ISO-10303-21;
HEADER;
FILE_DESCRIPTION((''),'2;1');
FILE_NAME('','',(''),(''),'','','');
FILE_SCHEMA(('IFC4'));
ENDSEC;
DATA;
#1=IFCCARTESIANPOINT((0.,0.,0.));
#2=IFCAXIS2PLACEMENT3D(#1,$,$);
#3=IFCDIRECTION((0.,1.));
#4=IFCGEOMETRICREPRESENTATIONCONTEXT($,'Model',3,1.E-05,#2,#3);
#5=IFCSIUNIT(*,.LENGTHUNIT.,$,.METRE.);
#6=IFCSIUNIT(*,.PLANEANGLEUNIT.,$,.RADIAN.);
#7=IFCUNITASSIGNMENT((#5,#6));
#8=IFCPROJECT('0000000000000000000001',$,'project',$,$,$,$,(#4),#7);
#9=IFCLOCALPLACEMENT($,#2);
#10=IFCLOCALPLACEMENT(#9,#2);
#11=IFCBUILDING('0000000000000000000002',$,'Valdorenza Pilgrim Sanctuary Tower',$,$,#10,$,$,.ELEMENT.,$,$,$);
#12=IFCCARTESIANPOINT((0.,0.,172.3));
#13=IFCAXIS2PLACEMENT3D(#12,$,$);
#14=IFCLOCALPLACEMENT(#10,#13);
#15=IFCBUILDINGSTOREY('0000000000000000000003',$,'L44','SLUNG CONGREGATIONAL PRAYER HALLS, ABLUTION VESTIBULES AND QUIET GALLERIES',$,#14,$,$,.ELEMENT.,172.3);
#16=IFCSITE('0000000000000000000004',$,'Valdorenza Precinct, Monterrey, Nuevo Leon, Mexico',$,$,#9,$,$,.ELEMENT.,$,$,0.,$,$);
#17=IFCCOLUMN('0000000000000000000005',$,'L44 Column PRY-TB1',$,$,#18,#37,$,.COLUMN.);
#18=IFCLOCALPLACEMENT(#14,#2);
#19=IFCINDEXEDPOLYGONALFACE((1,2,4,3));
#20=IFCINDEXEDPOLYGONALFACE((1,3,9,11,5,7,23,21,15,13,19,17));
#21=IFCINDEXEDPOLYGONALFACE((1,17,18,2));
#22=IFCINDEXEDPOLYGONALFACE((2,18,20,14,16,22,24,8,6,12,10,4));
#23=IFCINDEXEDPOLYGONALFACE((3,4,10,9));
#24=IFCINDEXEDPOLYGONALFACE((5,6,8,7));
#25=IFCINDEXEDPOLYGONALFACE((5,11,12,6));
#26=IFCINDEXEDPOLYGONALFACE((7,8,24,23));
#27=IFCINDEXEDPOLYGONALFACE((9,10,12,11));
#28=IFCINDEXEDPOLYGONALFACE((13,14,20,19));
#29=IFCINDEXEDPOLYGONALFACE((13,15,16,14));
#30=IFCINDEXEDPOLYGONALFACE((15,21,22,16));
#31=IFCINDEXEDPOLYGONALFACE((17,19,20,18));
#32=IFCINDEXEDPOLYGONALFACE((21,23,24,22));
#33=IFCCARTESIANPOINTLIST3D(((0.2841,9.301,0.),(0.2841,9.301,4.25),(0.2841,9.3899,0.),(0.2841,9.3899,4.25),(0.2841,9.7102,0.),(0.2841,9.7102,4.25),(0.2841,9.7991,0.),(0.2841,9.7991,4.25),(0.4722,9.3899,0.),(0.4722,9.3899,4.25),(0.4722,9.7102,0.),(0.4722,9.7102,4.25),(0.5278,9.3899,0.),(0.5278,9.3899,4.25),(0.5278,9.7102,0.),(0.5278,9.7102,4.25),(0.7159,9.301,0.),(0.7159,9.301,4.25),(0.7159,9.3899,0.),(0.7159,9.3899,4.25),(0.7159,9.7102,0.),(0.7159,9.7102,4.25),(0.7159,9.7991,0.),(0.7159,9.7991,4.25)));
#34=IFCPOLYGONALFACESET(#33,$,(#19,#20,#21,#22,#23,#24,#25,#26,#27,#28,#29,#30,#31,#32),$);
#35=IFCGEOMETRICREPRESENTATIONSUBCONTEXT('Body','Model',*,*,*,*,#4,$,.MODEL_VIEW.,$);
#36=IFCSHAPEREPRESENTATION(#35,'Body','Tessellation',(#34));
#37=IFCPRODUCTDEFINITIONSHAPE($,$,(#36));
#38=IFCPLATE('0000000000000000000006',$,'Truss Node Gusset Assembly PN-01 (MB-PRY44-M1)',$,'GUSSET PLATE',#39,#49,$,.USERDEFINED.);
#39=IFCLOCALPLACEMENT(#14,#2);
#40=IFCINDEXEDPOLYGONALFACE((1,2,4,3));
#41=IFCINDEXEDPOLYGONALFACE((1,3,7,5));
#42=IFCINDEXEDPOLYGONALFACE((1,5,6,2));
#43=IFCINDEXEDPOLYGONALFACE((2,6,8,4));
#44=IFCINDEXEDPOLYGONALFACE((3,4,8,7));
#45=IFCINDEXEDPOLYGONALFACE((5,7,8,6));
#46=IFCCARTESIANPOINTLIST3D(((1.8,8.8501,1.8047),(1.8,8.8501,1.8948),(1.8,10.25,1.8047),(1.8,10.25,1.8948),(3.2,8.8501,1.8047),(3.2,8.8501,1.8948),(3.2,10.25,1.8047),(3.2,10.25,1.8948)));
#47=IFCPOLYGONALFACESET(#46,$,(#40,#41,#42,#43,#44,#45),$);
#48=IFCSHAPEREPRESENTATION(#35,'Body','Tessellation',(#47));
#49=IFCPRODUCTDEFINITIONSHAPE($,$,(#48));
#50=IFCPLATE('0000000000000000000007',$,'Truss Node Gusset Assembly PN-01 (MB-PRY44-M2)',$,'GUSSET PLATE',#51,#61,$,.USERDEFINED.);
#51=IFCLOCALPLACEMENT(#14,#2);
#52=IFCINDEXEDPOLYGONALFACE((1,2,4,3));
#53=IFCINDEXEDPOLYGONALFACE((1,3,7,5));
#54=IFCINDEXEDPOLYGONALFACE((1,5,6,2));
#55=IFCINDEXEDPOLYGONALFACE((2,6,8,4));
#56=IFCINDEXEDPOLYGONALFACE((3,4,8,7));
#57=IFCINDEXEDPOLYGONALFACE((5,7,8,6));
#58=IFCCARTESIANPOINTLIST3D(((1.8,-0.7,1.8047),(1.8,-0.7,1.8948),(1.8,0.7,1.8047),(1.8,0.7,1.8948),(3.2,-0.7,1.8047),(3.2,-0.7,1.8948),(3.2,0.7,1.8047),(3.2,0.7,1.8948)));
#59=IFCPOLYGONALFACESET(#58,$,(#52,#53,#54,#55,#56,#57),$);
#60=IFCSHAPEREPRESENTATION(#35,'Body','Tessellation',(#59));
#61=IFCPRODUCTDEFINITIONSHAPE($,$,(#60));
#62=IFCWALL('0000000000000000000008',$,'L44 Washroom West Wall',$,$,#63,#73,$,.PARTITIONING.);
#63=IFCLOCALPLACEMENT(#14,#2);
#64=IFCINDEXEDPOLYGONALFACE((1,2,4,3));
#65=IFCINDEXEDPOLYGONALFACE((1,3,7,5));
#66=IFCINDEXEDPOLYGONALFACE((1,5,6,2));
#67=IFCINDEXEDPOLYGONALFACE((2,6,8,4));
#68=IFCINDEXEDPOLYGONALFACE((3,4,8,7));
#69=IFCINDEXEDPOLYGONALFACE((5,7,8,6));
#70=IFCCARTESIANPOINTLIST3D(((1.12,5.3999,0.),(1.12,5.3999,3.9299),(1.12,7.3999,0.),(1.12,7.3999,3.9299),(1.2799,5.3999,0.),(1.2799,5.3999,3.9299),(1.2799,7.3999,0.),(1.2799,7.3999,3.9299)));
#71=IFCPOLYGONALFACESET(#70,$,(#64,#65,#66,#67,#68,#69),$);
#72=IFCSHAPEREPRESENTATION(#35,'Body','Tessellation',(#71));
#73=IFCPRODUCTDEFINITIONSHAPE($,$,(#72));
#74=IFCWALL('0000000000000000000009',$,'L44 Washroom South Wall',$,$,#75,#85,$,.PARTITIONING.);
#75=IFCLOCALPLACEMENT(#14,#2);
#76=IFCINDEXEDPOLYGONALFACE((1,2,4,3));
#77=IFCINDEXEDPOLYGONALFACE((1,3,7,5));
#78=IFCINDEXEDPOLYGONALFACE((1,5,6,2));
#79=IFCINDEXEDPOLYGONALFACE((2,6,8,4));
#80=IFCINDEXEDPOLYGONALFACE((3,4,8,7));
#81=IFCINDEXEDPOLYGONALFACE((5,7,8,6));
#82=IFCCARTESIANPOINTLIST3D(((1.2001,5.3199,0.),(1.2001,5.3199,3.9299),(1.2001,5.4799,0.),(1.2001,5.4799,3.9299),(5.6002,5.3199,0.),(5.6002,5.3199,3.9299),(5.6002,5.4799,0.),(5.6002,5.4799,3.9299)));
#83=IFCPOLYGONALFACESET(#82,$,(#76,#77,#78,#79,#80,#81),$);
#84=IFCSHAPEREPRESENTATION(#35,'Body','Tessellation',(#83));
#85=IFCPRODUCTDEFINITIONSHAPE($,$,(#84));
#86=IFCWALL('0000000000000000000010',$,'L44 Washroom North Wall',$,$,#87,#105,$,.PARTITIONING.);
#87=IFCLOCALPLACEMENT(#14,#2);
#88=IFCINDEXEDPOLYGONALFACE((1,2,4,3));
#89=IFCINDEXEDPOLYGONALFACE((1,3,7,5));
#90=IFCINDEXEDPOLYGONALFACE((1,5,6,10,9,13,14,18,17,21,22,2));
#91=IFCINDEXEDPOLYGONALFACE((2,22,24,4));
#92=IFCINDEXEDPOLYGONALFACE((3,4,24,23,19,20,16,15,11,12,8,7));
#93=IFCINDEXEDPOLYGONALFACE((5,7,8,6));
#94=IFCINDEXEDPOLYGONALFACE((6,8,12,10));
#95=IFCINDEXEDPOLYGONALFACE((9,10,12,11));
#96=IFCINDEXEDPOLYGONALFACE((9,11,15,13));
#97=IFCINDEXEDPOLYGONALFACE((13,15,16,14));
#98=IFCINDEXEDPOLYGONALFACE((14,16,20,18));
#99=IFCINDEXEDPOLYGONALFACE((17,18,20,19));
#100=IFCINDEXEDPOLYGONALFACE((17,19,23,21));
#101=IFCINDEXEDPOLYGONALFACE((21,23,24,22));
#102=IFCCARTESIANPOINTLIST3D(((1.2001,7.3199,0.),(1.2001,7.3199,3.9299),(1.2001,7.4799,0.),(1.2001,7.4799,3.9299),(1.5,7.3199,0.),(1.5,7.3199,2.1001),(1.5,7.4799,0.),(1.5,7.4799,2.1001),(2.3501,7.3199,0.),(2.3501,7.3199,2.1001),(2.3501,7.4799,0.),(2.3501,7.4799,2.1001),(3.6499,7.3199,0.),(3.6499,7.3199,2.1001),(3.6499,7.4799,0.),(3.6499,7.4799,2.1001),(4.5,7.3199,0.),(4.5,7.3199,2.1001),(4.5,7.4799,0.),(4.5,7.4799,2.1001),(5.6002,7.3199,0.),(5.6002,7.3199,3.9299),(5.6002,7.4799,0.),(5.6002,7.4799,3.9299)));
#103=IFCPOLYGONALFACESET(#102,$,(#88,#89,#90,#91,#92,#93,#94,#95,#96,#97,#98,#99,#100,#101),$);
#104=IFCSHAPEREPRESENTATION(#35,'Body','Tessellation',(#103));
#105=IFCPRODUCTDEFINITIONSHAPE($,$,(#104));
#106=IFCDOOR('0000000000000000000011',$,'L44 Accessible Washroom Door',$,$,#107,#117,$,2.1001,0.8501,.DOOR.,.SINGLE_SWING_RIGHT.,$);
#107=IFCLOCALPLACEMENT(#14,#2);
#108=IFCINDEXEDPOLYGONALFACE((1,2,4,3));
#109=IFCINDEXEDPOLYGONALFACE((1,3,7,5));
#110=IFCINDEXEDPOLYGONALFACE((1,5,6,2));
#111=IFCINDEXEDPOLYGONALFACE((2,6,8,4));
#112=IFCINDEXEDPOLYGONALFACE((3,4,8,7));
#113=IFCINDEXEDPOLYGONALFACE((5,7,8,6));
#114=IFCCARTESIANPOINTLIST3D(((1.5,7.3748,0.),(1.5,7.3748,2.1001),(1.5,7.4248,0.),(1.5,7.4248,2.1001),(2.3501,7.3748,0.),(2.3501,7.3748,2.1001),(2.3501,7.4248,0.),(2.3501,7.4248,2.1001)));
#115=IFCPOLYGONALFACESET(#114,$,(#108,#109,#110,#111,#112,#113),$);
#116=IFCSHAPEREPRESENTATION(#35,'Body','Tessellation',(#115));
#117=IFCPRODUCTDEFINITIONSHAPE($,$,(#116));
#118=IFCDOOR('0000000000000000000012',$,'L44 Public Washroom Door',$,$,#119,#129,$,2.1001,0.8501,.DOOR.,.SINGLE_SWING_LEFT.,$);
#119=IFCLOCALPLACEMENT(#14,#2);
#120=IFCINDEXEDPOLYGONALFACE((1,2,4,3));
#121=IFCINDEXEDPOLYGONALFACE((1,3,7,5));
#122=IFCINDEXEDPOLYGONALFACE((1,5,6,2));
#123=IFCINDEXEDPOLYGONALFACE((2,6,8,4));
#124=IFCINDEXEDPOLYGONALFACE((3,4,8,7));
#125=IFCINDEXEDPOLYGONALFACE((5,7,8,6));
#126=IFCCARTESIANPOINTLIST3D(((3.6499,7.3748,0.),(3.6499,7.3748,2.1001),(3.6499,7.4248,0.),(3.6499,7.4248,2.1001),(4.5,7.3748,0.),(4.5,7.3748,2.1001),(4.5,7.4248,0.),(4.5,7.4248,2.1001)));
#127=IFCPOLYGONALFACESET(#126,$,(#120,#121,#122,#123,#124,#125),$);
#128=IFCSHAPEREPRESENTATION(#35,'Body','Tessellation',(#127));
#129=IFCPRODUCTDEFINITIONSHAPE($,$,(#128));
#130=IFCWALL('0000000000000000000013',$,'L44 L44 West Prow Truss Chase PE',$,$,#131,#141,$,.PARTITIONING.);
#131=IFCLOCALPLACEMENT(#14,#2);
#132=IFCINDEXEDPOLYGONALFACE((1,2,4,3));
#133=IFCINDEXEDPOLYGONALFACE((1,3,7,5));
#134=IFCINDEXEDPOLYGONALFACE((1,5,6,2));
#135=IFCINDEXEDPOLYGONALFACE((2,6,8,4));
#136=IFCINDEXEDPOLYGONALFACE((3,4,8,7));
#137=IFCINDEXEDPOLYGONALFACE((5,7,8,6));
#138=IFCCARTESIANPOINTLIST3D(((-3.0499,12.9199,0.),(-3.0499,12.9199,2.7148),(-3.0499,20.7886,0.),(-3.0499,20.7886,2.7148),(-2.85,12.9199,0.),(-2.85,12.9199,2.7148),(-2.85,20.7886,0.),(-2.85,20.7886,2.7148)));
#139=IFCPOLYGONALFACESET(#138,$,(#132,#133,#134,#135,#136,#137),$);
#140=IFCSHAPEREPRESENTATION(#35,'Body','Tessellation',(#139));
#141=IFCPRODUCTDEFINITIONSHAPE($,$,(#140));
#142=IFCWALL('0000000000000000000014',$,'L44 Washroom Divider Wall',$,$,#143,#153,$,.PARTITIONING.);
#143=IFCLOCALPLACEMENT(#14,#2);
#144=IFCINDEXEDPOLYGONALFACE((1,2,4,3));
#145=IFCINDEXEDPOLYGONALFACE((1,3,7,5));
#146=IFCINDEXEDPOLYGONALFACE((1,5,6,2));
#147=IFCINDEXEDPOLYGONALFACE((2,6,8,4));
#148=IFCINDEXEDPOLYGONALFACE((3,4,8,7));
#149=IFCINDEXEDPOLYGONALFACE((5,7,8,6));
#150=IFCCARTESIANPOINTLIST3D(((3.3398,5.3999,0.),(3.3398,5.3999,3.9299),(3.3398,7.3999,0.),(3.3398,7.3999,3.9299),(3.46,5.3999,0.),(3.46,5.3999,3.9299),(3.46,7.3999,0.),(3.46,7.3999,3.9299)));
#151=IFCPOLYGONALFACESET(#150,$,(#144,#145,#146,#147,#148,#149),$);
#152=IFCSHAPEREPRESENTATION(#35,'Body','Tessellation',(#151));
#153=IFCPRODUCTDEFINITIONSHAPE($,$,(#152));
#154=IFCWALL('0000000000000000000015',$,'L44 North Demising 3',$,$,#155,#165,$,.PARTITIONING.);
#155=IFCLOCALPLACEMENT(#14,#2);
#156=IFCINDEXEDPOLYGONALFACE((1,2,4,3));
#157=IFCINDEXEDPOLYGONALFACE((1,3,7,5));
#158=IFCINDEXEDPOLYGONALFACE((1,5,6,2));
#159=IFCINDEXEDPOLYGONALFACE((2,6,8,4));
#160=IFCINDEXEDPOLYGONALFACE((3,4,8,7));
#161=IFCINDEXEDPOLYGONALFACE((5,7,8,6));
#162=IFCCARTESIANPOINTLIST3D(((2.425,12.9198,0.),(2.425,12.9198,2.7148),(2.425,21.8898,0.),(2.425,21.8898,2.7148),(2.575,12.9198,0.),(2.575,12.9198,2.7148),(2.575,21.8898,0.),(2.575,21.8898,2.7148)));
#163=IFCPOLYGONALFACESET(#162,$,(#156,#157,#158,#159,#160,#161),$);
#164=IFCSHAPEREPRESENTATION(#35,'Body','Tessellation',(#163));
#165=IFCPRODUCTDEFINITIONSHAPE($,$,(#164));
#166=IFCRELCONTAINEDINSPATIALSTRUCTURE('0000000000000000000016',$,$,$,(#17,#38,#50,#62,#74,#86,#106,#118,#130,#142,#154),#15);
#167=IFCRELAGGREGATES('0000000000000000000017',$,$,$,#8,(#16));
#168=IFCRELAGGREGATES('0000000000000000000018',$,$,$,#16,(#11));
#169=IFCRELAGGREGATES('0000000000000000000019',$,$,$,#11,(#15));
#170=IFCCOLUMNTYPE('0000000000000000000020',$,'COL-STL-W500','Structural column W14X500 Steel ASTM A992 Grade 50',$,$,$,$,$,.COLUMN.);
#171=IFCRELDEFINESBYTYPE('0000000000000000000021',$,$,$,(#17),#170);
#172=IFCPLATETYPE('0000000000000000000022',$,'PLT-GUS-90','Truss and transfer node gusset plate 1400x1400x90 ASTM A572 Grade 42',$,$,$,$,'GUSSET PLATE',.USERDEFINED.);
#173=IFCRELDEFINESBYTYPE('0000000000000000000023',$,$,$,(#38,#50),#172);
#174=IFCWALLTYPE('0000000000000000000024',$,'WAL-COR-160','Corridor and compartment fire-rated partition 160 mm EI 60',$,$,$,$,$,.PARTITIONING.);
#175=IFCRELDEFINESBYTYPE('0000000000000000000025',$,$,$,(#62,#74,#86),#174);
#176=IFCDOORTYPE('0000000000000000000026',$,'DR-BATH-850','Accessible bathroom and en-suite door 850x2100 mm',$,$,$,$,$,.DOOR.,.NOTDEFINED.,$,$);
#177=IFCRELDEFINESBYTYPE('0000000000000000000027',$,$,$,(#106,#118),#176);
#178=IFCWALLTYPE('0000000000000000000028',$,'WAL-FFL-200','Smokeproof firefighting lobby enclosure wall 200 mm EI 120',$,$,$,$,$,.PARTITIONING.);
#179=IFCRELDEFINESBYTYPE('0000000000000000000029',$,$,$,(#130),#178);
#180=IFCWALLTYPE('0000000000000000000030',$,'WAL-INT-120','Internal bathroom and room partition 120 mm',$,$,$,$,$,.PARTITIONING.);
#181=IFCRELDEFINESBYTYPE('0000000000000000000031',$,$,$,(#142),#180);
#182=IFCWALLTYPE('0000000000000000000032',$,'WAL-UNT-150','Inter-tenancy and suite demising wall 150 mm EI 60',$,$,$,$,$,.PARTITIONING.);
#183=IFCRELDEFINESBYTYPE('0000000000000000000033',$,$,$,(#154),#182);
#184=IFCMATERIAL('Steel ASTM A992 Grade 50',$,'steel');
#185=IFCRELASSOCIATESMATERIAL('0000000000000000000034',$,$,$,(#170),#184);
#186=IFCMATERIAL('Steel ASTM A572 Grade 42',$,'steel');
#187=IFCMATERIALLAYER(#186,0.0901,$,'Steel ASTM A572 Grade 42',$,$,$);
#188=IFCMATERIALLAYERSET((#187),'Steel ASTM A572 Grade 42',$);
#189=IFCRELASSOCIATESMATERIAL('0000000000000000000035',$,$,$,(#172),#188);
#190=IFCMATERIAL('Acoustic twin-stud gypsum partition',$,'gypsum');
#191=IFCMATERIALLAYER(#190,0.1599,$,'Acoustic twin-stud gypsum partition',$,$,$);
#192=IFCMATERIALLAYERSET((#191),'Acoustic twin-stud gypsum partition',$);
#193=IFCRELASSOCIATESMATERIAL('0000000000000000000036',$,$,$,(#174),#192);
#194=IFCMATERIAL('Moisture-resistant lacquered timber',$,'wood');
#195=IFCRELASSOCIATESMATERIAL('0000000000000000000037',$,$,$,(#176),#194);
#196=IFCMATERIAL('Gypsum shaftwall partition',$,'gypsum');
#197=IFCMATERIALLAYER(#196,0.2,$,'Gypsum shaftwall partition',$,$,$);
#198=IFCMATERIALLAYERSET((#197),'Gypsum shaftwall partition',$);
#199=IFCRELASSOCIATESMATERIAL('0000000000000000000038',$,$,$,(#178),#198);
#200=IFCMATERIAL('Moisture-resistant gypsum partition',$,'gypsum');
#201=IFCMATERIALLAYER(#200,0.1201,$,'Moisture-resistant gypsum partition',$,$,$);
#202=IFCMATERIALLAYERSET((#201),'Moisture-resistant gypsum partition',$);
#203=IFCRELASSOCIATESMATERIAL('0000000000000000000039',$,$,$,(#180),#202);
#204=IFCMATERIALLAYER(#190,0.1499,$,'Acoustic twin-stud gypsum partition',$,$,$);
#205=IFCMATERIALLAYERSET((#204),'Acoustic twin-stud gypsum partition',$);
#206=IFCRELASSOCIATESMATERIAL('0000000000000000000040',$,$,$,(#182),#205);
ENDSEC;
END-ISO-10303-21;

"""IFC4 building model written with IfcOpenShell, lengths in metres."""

from ifc_helpers import new_model, si_unit, direction, frame, frame_2d, origin, origin_2d, place, context, subcontext, project, spatial, rectangle, i_section, extrude, source, transform, mapped, material, layer, layer_set, material_profile, profile_set, type_object, element, fill, save


model = new_model("IFC4")

# Units and contexts
model_context = context("Model", 3, precision=1e-05, world=origin(), true_north=direction((0.0, 1.0)))
body_context = subcontext(model_context, "Body", "Model", "MODEL_VIEW")
ifc_project = project(units=[si_unit("LENGTHUNIT", "METRE"), si_unit("PLANEANGLEUNIT", "RADIAN")], contexts=[model_context])

# Site, building, storey
site_placement = place(None, origin())
site = spatial("IfcSite", under=ifc_project, at=site_placement, Name="Valdorenza Precinct, Monterrey, Nuevo Leon, Mexico", CompositionType="ELEMENT", RefElevation=0.0)
building_placement = place(site_placement, origin())
building = spatial("IfcBuilding", under=site, at=building_placement, Name="Valdorenza Pilgrim Sanctuary Tower", CompositionType="ELEMENT")
storey_placement = place(building_placement, frame((0.0, 0.0, 172.3)))
storey = spatial("IfcBuildingStorey", under=building, at=storey_placement, Name="L44", Description="SLUNG CONGREGATIONAL PRAYER HALLS, ABLUTION VESTIBULES AND QUIET GALLERIES", CompositionType="ELEMENT", Elevation=172.3)

# Column
ifc_material_1 = material(Name="Steel ASTM A992 Grade 50", Category="steel")
ifc_material_profile = material_profile(ifc_material_1, i_section(OverallWidth=0.4319, OverallDepth=0.498, WebThickness=0.0557, FlangeThickness=0.0889, at=origin_2d()), Name="W14X500")
ifc_profile_set = profile_set([ifc_material_profile], Name="Steel ASTM A992 Grade 50")
column_type = type_object("IfcColumnType", Name="COL-STL-W500", Description="Structural column W14X500 Steel ASTM A992 Grade 50", PredefinedType="COLUMN", material=ifc_profile_set)
shared_shape_1 = source(origin(), body_context, "Body", "SweptSolid", [
    extrude(i_section(OverallWidth=0.4319, OverallDepth=0.498, WebThickness=0.0557, FlangeThickness=0.0889, at=origin_2d()), origin(), (0.0, 0.0, 1.0), 4.25),
])
column_placement = place(storey_placement, frame((0.5, 9.55, 0.0), z_axis=(0.0, 0.0, 1.0), x_axis=(1.0, 0.0, 0.0)))
element("IfcColumn", 1, at=column_placement, inside=storey, type_object=column_type, Name="L44 Column PRY-TB1", PredefinedType="COLUMN", context=body_context, shape_type="MappedRepresentation", body=[
    mapped(shared_shape_1, transform((0.0, 0.0, 0.0), x_axis=(1.0, 0.0, 0.0), y_axis=(0.0, 1.0, 0.0), z_axis=(0.0, 0.0, 1.0), scale=1.0)),
])

# Plates
ifc_material_2 = material(Name="Steel ASTM A572 Grade 42", Category="steel")
ifc_layer_1 = layer(ifc_material_2, 0.0901, Name="Steel ASTM A572 Grade 42")
ifc_layer_set_1 = layer_set([ifc_layer_1], Name="Steel ASTM A572 Grade 42")
plate_type = type_object("IfcPlateType", Name="PLT-GUS-90", Description="Truss and transfer node gusset plate 1400x1400x90 ASTM A572 Grade 42", ElementType="GUSSET PLATE", PredefinedType="USERDEFINED", material=ifc_layer_set_1)
shared_shape_2 = source(origin(), body_context, "Body", "SweptSolid", [
    extrude(rectangle(XDim=1.3999, YDim=1.3999, at=origin_2d()), origin(), (0.0, 0.0, 1.0), 0.0901),
])
for number, where, z_axis, x_axis, name in (
    (2, (2.5, 9.55, 1.8047), (0.0, 0.0, 1.0), (1.0, 0.0, 0.0), "Truss Node Gusset Assembly PN-01 (MB-PRY44-M1)"),
    (3, (2.5, 0.0, 1.8047), (0.0, 0.0, 1.0), (1.0, 0.0, 0.0), "Truss Node Gusset Assembly PN-01 (MB-PRY44-M2)"),
):
    element("IfcPlate", number, at=place(storey_placement, frame(where, z_axis=z_axis, x_axis=x_axis)), inside=storey, type_object=plate_type, Name=name, ObjectType="GUSSET PLATE", PredefinedType="USERDEFINED", context=body_context, shape_type="MappedRepresentation", body=[
        mapped(shared_shape_2, transform((0.0, 0.0, 0.0), x_axis=(1.0, 0.0, 0.0), y_axis=(0.0, 1.0, 0.0), z_axis=(0.0, 0.0, 1.0), scale=1.0)),
    ])

# Walls
ifc_material_3 = material(Name="Acoustic twin-stud gypsum partition", Category="gypsum")
ifc_layer_2 = layer(ifc_material_3, 0.1599, Name="Acoustic twin-stud gypsum partition")
ifc_layer_set_2 = layer_set([ifc_layer_2], Name="Acoustic twin-stud gypsum partition")
wall_type_1 = type_object("IfcWallType", Name="WAL-COR-160", Description="Corridor and compartment fire-rated partition 160 mm EI 60", PredefinedType="PARTITIONING", material=ifc_layer_set_2)
wall_1_placement = place(storey_placement, frame((1.2, 5.3999, 0.0), z_axis=(0.0, 0.0, 1.0), x_axis=(0.0, 1.0, 0.0)))
element("IfcWall", 4, at=wall_1_placement, inside=storey, type_object=wall_type_1, Name="L44 Washroom West Wall", PredefinedType="PARTITIONING", context=body_context, shape_type="SweptSolid", body=[
    extrude(rectangle(XDim=2.0, YDim=0.1599, at=frame_2d((1.0, 0.0))), origin(), (0.0, 0.0, 1.0), 3.9299),
])
wall_2_placement = place(storey_placement, frame((1.2, 5.3999, 0.0), z_axis=(0.0, 0.0, 1.0), x_axis=(1.0, 0.0, 0.0)))
element("IfcWall", 5, at=wall_2_placement, inside=storey, type_object=wall_type_1, Name="L44 Washroom South Wall", PredefinedType="PARTITIONING", context=body_context, shape_type="SweptSolid", body=[
    extrude(rectangle(XDim=4.4001, YDim=0.1599, at=frame_2d((2.2002, 0.0))), origin(), (0.0, 0.0, 1.0), 3.9299),
])

# Wall, openings, doors
wall_3_placement = place(storey_placement, frame((1.2, 7.3999, 0.0), z_axis=(0.0, 0.0, 1.0), x_axis=(1.0, 0.0, 0.0)))
wall_3 = element("IfcWall", 6, at=wall_3_placement, inside=storey, type_object=wall_type_1, Name="L44 Washroom North Wall", PredefinedType="PARTITIONING", context=body_context, shape_type="SweptSolid", body=[
    extrude(rectangle(XDim=4.4001, YDim=0.1599, at=frame_2d((2.2002, 0.0))), origin(), (0.0, 0.0, 1.0), 3.9299),
])
opening_1_placement = place(wall_3_placement, frame((0.3, 0.0, 0.0)))
opening_1 = element("IfcOpeningElement", 7, at=opening_1_placement, cuts=wall_3, PredefinedType="OPENING", context=body_context, shape_type="SweptSolid", body=[
    extrude(rectangle(XDim=0.8501, YDim=2.1001, at=frame_2d((0.425, 1.05))), frame((0.0, 0.0947, 0.0), z_axis=(0.0, -1.0, 0.0), x_axis=(1.0, 0.0, 0.0)), (0.0, 0.0, 1.0), 0.1897),
])
opening_2_placement = place(wall_3_placement, frame((2.45, 0.0, 0.0)))
opening_2 = element("IfcOpeningElement", 8, at=opening_2_placement, cuts=wall_3, PredefinedType="OPENING", context=body_context, shape_type="SweptSolid", body=[
    extrude(rectangle(XDim=0.8501, YDim=2.1001, at=frame_2d((0.425, 1.05))), frame((0.0, 0.0947, 0.0), z_axis=(0.0, -1.0, 0.0), x_axis=(1.0, 0.0, 0.0)), (0.0, 0.0, 1.0), 0.1897),
])
ifc_material_4 = material(Name="Moisture-resistant lacquered timber", Category="wood")
door_type_1 = type_object("IfcDoorType", Name="DR-BATH-850", Description="Accessible bathroom and en-suite door 850x2100 mm", OperationType="NOTDEFINED", PredefinedType="DOOR", material=ifc_material_4)
door_1_placement = place(opening_1_placement, origin())
door_1 = element("IfcDoor", 9, at=door_1_placement, inside=storey, type_object=door_type_1, Name="L44 Accessible Washroom Door", OperationType="SINGLE_SWING_RIGHT", OverallHeight=2.1001, OverallWidth=0.8501, PredefinedType="DOOR", context=body_context, shape_type="SweptSolid", body=[
    extrude(rectangle(XDim=0.8501, YDim=2.1001, at=frame_2d((0.425, 1.05))), frame((0.0, 0.0249, 0.0), z_axis=(0.0, -1.0, 0.0), x_axis=(1.0, 0.0, 0.0)), (0.0, 0.0, 1.0), 0.05),
])
fill(opening_1, door_1)
door_2_placement = place(opening_2_placement, origin())
door_2 = element("IfcDoor", 10, at=door_2_placement, inside=storey, type_object=door_type_1, Name="L44 Public Washroom Door", OperationType="SINGLE_SWING_LEFT", OverallHeight=2.1001, OverallWidth=0.8501, PredefinedType="DOOR", context=body_context, shape_type="SweptSolid", body=[
    extrude(rectangle(XDim=0.8501, YDim=2.1001, at=frame_2d((0.425, 1.05))), frame((0.0, 0.0249, 0.0), z_axis=(0.0, -1.0, 0.0), x_axis=(1.0, 0.0, 0.0)), (0.0, 0.0, 1.0), 0.05),
])
fill(opening_2, door_2)

# Walls
ifc_material_5 = material(Name="Gypsum shaftwall partition", Category="gypsum")
ifc_layer_3 = layer(ifc_material_5, 0.2, Name="Gypsum shaftwall partition")
ifc_layer_set_3 = layer_set([ifc_layer_3], Name="Gypsum shaftwall partition")
wall_type_2 = type_object("IfcWallType", Name="WAL-FFL-200", Description="Smokeproof firefighting lobby enclosure wall 200 mm EI 120", PredefinedType="PARTITIONING", material=ifc_layer_set_3)
wall_4_placement = place(storey_placement, frame((-2.95, 12.9199, 0.0), z_axis=(0.0, 0.0, 1.0), x_axis=(0.0, 1.0, 0.0)))
element("IfcWall", 11, at=wall_4_placement, inside=storey, type_object=wall_type_2, Name="L44 L44 West Prow Truss Chase PE", PredefinedType="PARTITIONING", context=body_context, shape_type="SweptSolid", body=[
    extrude(rectangle(XDim=7.8687, YDim=0.2, at=frame_2d((3.9343, 0.0))), origin(), (0.0, 0.0, 1.0), 2.7148),
])
ifc_material_6 = material(Name="Moisture-resistant gypsum partition", Category="gypsum")
ifc_layer_4 = layer(ifc_material_6, 0.1201, Name="Moisture-resistant gypsum partition")
ifc_layer_set_4 = layer_set([ifc_layer_4], Name="Moisture-resistant gypsum partition")
wall_type_3 = type_object("IfcWallType", Name="WAL-INT-120", Description="Internal bathroom and room partition 120 mm", PredefinedType="PARTITIONING", material=ifc_layer_set_4)
wall_5_placement = place(storey_placement, frame((3.3999, 5.3999, 0.0), z_axis=(0.0, 0.0, 1.0), x_axis=(0.0, 1.0, 0.0)))
element("IfcWall", 12, at=wall_5_placement, inside=storey, type_object=wall_type_3, Name="L44 Washroom Divider Wall", PredefinedType="PARTITIONING", context=body_context, shape_type="SweptSolid", body=[
    extrude(rectangle(XDim=2.0, YDim=0.1201, at=frame_2d((1.0, 0.0))), origin(), (0.0, 0.0, 1.0), 3.9299),
])
ifc_layer_5 = layer(ifc_material_3, 0.1499, Name="Acoustic twin-stud gypsum partition")
ifc_layer_set_5 = layer_set([ifc_layer_5], Name="Acoustic twin-stud gypsum partition")
wall_type_4 = type_object("IfcWallType", Name="WAL-UNT-150", Description="Inter-tenancy and suite demising wall 150 mm EI 60", PredefinedType="PARTITIONING", material=ifc_layer_set_5)
wall_6_placement = place(storey_placement, frame((2.5, 12.9199, 0.0), z_axis=(0.0, 0.0, 1.0), x_axis=(0.0, 1.0, 0.0)))
element("IfcWall", 13, at=wall_6_placement, inside=storey, type_object=wall_type_4, Name="L44 North Demising 3", PredefinedType="PARTITIONING", context=body_context, shape_type="SweptSolid", body=[
    extrude(rectangle(XDim=8.97, YDim=0.1499, at=frame_2d((4.4849, 0.0))), origin(), (0.0, 0.0, 1.0), 2.7148),
])

save(model, "model.ifc")
